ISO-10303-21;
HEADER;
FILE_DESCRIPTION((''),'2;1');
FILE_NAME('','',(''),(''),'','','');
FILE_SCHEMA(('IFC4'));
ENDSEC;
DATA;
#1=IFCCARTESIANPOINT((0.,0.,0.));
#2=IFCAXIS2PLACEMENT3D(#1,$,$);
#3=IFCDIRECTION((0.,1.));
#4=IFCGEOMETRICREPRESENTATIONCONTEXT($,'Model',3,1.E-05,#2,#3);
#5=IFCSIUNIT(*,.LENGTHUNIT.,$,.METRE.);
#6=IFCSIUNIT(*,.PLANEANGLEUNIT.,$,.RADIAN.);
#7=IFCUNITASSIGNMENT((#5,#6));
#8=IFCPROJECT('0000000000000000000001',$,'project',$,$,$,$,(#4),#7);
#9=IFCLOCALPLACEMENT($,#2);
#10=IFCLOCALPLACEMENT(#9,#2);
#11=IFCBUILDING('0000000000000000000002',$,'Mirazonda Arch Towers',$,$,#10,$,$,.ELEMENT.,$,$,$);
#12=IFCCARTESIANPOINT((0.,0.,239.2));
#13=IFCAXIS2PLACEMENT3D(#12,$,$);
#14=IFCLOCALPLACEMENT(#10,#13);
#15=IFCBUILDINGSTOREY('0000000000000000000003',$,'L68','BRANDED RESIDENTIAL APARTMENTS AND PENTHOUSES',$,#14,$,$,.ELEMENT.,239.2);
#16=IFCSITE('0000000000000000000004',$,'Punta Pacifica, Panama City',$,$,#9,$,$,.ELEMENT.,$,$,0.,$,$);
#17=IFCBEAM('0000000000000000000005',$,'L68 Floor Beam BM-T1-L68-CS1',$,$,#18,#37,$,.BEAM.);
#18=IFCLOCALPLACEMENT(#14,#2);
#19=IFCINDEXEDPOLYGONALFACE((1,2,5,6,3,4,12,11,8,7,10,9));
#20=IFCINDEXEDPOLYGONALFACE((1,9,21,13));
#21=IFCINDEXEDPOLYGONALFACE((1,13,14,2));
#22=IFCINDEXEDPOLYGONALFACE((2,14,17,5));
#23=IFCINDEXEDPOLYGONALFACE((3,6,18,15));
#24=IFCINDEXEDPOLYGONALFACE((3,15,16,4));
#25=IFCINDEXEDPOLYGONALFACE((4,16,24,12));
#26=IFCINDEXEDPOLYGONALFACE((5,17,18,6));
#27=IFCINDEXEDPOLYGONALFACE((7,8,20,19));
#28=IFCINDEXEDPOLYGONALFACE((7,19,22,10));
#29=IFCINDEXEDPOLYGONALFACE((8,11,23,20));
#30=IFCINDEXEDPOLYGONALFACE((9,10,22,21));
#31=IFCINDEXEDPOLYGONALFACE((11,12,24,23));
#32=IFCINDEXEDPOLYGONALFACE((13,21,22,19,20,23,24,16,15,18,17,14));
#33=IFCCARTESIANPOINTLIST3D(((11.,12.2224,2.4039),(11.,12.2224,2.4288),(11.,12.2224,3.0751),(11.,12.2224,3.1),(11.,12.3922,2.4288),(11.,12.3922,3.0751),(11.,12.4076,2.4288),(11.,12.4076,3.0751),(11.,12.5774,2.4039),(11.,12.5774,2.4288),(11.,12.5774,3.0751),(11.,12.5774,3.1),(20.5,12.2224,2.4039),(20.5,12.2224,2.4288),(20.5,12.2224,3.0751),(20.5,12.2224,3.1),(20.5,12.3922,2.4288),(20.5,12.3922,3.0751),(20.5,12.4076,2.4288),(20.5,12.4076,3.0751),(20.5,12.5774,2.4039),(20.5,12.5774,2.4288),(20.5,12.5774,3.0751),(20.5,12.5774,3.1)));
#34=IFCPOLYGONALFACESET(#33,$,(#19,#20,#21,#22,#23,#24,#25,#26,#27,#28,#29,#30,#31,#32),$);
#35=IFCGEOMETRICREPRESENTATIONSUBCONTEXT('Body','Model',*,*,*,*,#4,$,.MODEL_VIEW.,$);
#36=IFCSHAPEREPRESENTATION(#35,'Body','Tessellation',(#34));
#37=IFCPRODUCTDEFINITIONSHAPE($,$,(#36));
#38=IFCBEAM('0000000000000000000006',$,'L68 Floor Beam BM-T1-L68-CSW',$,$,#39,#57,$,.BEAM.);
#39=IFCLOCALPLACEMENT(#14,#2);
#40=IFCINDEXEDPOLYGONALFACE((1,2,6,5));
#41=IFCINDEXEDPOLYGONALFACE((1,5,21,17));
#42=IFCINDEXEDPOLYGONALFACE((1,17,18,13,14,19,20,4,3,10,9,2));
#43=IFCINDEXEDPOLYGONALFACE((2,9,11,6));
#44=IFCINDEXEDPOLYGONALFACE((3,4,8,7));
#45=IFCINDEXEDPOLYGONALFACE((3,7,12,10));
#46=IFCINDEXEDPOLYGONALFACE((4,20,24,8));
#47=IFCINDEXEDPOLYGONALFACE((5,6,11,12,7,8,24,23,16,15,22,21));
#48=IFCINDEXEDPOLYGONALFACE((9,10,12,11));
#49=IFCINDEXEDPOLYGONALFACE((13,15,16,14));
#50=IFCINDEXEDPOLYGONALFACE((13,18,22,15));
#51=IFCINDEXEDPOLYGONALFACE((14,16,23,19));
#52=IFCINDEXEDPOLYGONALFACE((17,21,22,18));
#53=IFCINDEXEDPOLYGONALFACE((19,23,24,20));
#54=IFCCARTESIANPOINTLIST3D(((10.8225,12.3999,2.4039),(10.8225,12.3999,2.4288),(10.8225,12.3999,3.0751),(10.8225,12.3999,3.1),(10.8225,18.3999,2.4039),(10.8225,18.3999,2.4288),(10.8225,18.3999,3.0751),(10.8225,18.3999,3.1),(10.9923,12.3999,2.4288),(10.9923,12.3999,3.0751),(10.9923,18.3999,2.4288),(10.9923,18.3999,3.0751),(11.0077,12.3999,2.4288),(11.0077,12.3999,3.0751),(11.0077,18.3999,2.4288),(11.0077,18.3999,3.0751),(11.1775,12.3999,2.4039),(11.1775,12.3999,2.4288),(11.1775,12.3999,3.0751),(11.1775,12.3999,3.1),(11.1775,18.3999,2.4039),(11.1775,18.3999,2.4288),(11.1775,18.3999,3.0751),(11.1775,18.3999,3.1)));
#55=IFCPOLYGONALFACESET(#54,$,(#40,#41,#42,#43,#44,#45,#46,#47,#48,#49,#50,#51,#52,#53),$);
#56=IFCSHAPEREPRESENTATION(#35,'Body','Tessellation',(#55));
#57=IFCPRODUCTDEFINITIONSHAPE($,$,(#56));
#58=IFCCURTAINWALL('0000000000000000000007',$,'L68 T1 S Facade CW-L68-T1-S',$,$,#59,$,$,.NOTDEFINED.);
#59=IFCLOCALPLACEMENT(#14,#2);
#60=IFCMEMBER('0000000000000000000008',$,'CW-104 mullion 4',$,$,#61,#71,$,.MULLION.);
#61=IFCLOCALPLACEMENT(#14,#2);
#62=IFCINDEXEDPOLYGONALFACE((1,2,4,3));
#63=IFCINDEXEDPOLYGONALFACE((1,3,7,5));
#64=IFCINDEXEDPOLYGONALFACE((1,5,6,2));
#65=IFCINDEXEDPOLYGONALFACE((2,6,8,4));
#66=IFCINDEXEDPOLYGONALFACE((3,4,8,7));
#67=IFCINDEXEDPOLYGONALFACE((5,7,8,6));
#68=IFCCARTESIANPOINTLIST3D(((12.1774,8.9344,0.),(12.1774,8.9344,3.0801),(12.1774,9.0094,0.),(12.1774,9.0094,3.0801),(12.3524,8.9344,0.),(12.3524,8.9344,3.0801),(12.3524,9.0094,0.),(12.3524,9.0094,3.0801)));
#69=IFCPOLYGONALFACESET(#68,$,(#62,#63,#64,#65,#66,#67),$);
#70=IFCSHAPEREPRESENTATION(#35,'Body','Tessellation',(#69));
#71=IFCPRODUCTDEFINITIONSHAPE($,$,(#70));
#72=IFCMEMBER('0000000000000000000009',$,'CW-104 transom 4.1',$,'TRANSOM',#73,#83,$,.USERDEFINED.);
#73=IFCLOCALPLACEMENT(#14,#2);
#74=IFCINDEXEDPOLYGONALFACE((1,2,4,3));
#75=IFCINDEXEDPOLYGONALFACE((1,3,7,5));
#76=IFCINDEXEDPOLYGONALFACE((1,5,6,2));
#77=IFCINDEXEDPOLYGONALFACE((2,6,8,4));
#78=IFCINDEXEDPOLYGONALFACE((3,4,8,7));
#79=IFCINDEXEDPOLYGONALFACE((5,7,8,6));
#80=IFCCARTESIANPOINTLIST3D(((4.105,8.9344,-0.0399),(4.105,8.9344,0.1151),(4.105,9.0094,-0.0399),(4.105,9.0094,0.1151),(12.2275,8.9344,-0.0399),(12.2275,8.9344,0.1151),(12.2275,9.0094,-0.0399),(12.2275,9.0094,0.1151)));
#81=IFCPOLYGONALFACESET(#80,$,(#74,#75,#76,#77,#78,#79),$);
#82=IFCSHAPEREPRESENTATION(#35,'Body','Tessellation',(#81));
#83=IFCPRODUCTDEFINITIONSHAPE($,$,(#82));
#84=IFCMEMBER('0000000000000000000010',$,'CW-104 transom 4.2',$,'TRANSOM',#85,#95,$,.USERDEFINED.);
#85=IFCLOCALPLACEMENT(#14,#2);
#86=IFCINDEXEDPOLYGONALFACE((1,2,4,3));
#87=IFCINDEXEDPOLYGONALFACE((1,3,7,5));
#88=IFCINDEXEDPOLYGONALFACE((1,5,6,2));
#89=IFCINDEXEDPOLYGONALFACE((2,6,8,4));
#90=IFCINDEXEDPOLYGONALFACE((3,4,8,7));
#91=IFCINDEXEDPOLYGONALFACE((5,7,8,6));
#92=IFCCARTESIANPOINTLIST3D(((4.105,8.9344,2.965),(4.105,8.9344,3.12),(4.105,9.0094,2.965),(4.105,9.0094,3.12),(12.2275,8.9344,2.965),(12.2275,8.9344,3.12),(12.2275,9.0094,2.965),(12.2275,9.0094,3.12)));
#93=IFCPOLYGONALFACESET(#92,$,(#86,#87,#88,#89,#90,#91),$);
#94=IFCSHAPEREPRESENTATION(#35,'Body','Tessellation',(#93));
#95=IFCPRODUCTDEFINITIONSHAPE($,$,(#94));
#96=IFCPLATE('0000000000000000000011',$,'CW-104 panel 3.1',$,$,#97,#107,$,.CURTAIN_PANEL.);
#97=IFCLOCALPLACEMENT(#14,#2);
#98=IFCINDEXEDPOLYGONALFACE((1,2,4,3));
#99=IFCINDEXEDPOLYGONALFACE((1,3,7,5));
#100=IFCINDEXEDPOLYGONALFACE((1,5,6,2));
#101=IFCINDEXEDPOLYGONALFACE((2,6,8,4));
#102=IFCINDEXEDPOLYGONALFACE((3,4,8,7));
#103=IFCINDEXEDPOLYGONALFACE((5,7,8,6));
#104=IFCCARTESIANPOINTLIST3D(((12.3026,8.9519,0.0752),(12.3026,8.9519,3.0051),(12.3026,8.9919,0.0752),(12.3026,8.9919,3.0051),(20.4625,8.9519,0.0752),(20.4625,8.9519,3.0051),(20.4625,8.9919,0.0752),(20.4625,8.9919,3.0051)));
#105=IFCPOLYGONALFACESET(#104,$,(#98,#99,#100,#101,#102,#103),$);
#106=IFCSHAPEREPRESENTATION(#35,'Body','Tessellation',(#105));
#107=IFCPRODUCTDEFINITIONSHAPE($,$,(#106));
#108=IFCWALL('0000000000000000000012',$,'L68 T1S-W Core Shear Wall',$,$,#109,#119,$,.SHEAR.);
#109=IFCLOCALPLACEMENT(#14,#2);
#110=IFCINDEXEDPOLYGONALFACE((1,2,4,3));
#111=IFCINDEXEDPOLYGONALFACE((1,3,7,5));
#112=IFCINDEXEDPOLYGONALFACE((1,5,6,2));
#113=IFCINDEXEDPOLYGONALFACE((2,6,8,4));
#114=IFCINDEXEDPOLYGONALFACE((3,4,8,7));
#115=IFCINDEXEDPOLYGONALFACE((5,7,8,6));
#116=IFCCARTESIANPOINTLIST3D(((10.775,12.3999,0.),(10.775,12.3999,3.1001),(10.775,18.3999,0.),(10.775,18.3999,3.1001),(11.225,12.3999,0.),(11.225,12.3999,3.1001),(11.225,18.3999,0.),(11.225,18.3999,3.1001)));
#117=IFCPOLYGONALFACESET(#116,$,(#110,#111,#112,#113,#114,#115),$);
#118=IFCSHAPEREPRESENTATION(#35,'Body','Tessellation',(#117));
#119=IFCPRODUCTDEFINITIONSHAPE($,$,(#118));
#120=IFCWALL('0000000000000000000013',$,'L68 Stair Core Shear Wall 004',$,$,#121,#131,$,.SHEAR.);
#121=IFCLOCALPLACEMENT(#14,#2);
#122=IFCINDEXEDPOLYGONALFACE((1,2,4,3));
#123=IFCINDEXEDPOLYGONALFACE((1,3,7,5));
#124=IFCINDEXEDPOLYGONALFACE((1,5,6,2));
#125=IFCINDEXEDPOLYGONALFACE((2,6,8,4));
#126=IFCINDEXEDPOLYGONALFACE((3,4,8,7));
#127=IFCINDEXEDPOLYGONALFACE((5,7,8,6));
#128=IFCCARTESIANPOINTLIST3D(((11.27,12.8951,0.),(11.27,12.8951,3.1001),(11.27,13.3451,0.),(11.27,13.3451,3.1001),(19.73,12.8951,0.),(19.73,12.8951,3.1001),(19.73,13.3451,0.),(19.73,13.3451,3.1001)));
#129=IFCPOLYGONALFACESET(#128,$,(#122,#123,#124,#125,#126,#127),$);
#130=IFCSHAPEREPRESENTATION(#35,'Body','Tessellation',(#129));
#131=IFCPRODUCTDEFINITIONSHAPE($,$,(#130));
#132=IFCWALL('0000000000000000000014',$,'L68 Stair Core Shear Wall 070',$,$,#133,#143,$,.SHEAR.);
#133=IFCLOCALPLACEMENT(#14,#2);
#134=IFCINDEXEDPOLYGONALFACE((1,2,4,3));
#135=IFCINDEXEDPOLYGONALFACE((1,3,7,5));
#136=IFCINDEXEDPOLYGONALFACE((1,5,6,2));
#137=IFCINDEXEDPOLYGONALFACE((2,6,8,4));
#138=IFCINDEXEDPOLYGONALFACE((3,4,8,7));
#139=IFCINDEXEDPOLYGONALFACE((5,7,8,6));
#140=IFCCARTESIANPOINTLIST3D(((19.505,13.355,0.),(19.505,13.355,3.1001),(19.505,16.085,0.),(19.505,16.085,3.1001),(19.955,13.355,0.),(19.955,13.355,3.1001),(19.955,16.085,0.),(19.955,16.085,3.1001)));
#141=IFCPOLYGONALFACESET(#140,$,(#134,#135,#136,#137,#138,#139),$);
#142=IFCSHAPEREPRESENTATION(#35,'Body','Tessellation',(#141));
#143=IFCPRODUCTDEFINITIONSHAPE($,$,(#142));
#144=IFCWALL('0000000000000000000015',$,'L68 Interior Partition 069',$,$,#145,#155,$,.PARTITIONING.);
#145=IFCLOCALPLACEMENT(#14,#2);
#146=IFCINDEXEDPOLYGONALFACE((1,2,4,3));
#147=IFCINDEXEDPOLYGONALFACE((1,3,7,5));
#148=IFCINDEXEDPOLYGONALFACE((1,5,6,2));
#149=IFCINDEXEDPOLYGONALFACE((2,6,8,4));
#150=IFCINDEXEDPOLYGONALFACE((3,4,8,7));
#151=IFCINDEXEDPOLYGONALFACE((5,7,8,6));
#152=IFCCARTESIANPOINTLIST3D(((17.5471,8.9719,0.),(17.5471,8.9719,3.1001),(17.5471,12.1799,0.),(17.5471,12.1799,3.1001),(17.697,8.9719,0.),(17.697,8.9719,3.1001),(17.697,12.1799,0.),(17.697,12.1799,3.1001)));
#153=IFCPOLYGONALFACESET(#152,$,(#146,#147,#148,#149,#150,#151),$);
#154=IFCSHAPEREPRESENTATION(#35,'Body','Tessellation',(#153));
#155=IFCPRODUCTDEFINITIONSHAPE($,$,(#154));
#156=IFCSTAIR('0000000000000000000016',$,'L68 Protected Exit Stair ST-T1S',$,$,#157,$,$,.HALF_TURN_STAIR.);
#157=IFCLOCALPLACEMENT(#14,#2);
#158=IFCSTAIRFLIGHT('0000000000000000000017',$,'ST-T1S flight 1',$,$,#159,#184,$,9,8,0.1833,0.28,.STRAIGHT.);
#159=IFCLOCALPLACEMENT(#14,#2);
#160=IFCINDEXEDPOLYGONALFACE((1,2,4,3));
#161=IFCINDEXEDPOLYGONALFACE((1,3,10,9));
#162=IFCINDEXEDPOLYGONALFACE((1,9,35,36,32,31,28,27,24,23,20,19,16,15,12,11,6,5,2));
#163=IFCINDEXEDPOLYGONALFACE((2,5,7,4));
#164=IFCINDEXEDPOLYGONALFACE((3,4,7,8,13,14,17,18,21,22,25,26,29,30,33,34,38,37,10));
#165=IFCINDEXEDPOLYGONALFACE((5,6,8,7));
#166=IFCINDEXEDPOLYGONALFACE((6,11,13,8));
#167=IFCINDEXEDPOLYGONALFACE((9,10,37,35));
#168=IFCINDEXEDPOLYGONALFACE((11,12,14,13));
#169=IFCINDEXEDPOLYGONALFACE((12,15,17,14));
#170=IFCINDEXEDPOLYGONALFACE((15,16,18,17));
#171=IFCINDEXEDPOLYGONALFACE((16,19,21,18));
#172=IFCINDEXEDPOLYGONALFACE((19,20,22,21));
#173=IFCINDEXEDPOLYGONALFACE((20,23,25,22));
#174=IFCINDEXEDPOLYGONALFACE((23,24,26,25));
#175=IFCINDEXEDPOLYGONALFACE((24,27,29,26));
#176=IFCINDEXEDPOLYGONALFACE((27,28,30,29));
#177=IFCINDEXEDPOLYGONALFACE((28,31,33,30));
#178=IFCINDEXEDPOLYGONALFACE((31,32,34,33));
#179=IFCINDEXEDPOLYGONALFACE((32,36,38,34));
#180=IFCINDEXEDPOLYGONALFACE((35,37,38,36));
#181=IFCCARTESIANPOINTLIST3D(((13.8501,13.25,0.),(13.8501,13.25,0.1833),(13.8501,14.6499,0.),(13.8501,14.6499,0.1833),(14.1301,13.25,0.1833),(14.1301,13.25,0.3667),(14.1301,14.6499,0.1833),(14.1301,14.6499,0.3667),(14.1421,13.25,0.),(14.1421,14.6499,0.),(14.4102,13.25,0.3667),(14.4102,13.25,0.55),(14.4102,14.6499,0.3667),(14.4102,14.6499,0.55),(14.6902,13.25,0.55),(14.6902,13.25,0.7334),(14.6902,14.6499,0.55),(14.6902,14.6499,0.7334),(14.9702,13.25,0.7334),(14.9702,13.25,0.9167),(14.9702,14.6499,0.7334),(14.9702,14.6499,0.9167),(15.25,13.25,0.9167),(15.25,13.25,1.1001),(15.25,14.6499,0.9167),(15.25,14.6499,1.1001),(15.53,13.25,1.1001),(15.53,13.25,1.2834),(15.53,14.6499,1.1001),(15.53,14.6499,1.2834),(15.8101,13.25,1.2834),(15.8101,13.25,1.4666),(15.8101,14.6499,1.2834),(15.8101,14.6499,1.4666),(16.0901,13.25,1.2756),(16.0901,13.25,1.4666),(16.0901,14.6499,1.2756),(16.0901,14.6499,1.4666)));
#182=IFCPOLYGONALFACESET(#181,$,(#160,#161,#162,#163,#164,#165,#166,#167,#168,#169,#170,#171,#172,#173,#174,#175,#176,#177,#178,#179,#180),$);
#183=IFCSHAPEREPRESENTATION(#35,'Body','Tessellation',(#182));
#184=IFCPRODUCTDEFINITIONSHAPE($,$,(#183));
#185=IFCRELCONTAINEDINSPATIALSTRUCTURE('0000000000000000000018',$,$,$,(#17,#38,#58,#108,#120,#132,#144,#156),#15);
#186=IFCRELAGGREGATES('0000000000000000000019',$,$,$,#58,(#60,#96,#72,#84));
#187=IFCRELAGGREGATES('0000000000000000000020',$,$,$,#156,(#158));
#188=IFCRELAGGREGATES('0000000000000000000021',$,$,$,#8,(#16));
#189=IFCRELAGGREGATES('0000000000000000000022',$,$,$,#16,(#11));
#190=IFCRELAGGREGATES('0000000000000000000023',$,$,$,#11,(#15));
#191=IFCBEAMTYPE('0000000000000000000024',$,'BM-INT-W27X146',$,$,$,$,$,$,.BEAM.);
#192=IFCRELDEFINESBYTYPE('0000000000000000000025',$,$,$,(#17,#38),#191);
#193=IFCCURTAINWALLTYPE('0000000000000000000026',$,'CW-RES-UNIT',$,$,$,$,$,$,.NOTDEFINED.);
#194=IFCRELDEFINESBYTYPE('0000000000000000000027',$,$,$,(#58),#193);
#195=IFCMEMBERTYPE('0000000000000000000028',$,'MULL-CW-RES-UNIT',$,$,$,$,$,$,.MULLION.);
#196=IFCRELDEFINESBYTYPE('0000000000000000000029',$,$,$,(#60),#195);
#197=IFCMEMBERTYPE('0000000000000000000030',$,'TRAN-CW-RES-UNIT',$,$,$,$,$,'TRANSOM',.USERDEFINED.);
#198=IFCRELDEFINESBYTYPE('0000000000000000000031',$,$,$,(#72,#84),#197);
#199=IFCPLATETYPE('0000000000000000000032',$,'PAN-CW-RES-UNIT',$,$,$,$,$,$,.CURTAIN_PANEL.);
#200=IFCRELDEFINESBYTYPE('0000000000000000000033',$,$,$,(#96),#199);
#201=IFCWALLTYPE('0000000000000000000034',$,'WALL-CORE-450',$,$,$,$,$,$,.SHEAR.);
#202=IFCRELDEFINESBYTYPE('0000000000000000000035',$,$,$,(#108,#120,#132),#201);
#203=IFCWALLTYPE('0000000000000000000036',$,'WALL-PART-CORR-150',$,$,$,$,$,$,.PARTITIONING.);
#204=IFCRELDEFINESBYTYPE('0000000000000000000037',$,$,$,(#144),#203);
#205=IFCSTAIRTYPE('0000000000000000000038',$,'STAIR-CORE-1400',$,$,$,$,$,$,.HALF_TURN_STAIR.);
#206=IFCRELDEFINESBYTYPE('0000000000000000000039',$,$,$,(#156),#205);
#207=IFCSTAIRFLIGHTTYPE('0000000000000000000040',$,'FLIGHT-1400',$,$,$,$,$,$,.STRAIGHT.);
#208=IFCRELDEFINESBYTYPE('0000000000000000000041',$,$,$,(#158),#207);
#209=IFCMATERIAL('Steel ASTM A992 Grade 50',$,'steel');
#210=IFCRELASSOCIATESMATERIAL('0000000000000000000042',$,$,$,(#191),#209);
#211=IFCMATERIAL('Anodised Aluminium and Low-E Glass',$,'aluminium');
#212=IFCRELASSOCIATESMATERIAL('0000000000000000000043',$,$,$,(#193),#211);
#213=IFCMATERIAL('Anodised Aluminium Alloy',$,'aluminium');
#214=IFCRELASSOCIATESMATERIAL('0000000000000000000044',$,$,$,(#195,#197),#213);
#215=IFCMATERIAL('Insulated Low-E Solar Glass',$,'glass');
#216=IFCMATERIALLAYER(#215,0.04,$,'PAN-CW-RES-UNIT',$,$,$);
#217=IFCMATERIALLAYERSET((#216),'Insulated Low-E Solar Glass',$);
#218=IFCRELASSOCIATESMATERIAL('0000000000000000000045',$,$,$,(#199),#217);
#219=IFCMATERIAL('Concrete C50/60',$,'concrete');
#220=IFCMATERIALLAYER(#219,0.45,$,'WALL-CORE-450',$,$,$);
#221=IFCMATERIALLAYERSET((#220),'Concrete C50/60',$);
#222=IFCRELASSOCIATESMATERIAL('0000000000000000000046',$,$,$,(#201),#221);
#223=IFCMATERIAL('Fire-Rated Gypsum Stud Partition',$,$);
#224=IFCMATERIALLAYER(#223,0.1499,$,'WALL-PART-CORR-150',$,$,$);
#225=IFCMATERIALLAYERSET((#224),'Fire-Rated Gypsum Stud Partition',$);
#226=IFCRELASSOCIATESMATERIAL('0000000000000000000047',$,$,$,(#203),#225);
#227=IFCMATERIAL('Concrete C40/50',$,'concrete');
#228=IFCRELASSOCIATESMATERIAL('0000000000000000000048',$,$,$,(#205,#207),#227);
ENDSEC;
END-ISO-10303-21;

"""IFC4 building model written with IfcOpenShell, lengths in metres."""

from ifc_helpers import new_model, si_unit, direction, frame, frame_2d, origin, origin_2d, place, context, subcontext, project, spatial, polyline, rectangle, i_section, outline, extrude, material, layer, layer_set, material_profile, profile_set, type_object, element, aggregate, save


model = new_model("IFC4")

# Units and contexts
model_context = context("Model", 3, precision=1e-05, world=origin(), true_north=direction((0.0, 1.0)))
body_context = subcontext(model_context, "Body", "Model", "MODEL_VIEW")
ifc_project = project(units=[si_unit("LENGTHUNIT", "METRE"), si_unit("PLANEANGLEUNIT", "RADIAN")], contexts=[model_context])

# Site, building, storey
site_placement = place(None, origin())
site = spatial("IfcSite", under=ifc_project, at=site_placement, Name="Punta Pacifica, Panama City", CompositionType="ELEMENT", RefElevation=0.0)
building_placement = place(site_placement, origin())
building = spatial("IfcBuilding", under=site, at=building_placement, Name="Mirazonda Arch Towers", CompositionType="ELEMENT")
storey_placement = place(building_placement, frame((0.0, 0.0, 239.2)))
storey = spatial("IfcBuildingStorey", under=building, at=storey_placement, Name="L68", Description="BRANDED RESIDENTIAL APARTMENTS AND PENTHOUSES", CompositionType="ELEMENT", Elevation=239.2)

# Beams
ifc_material_1 = material(Name="Steel ASTM A992 Grade 50", Category="steel")
ifc_material_profile_1 = material_profile(ifc_material_1, i_section(OverallWidth=0.355, OverallDepth=0.696, WebThickness=0.0154, FlangeThickness=0.0249, at=origin_2d()), Name="W27X146")
ifc_profile_set_1 = profile_set([ifc_material_profile_1], Name="Steel ASTM A992 Grade 50")
beam_type = type_object("IfcBeamType", Name="BM-INT-W27X146", PredefinedType="BEAM", material=ifc_profile_set_1)
beam_1_placement = place(storey_placement, frame((11.0, 12.3999, 2.752), z_axis=(1.0, 0.0, 0.0), x_axis=(0.0, 1.0, 0.0)))
element("IfcBeam", 1, at=beam_1_placement, inside=storey, type_object=beam_type, Name="L68 Floor Beam BM-T1-L68-CS1", PredefinedType="BEAM", context=body_context, shape_type="SweptSolid", body=[
    extrude(i_section(OverallWidth=0.355, OverallDepth=0.696, WebThickness=0.0154, FlangeThickness=0.0249, at=origin_2d()), origin(), (0.0, 0.0, 1.0), 9.5),
])
beam_2_placement = place(storey_placement, frame((11.0, 12.3999, 2.752), z_axis=(0.0, 1.0, 0.0), x_axis=(-1.0, 0.0, 0.0)))
element("IfcBeam", 2, at=beam_2_placement, inside=storey, type_object=beam_type, Name="L68 Floor Beam BM-T1-L68-CSW", PredefinedType="BEAM", context=body_context, shape_type="SweptSolid", body=[
    extrude(i_section(OverallWidth=0.355, OverallDepth=0.696, WebThickness=0.0154, FlangeThickness=0.0249, at=origin_2d()), origin(), (0.0, 0.0, 1.0), 6.0),
])

# Curtain wall, members, plate
ifc_material_2 = material(Name="Anodised Aluminium and Low-E Glass", Category="aluminium")
curtain_wall_type = type_object("IfcCurtainWallType", Name="CW-RES-UNIT", PredefinedType="NOTDEFINED", material=ifc_material_2)
curtain_wall_placement = place(storey_placement, origin())
curtain_wall = element("IfcCurtainWall", 3, at=curtain_wall_placement, inside=storey, type_object=curtain_wall_type, Name="L68 T1 S Facade CW-L68-T1-S", PredefinedType="NOTDEFINED")
ifc_material_3 = material(Name="Anodised Aluminium Alloy", Category="aluminium")
ifc_material_profile_2 = material_profile(ifc_material_3, rectangle(XDim=0.075, YDim=0.175, at=origin_2d()), Name="ALU-MULL-75x175")
ifc_profile_set_2 = profile_set([ifc_material_profile_2], Name="Anodised Aluminium Alloy")
member_type_1 = type_object("IfcMemberType", Name="MULL-CW-RES-UNIT", PredefinedType="MULLION", material=ifc_profile_set_2)
member_1_placement = place(storey_placement, frame((12.2649, 8.9719, 0.0), z_axis=(0.0, 0.0, 1.0), x_axis=(0.0, -1.0, 0.0)))
member_1 = element("IfcMember", 4, at=member_1_placement, type_object=member_type_1, Name="CW-104 mullion 4", PredefinedType="MULLION", context=body_context, shape_type="SweptSolid", body=[
    extrude(rectangle(XDim=0.075, YDim=0.175, at=origin_2d()), origin(), (0.0, 0.0, 1.0), 3.0801),
])
ifc_material_profile_3 = material_profile(ifc_material_3, rectangle(XDim=0.075, YDim=0.155, at=origin_2d()), Name="ALU-TRAN-75x155")
ifc_profile_set_3 = profile_set([ifc_material_profile_3], Name="Anodised Aluminium Alloy")
member_type_2 = type_object("IfcMemberType", Name="TRAN-CW-RES-UNIT", ElementType="TRANSOM", PredefinedType="USERDEFINED", material=ifc_profile_set_3)
member_2_placement = place(storey_placement, frame((12.2275, 8.9719, 0.0376), z_axis=(-1.0, 0.0, 0.0), x_axis=(0.0, -1.0, 0.0)))
member_2 = element("IfcMember", 5, at=member_2_placement, type_object=member_type_2, Name="CW-104 transom 4.1", ObjectType="TRANSOM", PredefinedType="USERDEFINED", context=body_context, shape_type="SweptSolid", body=[
    extrude(rectangle(XDim=0.075, YDim=0.155, at=origin_2d()), origin(), (0.0, 0.0, 1.0), 8.1226),
])
member_3_placement = place(storey_placement, frame((12.2275, 8.9719, 3.0425), z_axis=(-1.0, 0.0, 0.0), x_axis=(0.0, -1.0, 0.0)))
member_3 = element("IfcMember", 6, at=member_3_placement, type_object=member_type_2, Name="CW-104 transom 4.2", ObjectType="TRANSOM", PredefinedType="USERDEFINED", context=body_context, shape_type="SweptSolid", body=[
    extrude(rectangle(XDim=0.075, YDim=0.155, at=origin_2d()), origin(), (0.0, 0.0, 1.0), 8.1226),
])
ifc_material_4 = material(Name="Insulated Low-E Solar Glass", Category="glass")
ifc_layer_1 = layer(ifc_material_4, 0.04, Name="PAN-CW-RES-UNIT")
ifc_layer_set_1 = layer_set([ifc_layer_1], Name="Insulated Low-E Solar Glass")
plate_type = type_object("IfcPlateType", Name="PAN-CW-RES-UNIT", PredefinedType="CURTAIN_PANEL", material=ifc_layer_set_1)
plate_placement = place(storey_placement, frame((16.3826, 8.9719, 0.0752), z_axis=(0.0, 0.0, 1.0), x_axis=(-1.0, 0.0, 0.0)))
plate = element("IfcPlate", 7, at=plate_placement, type_object=plate_type, Name="CW-104 panel 3.1", PredefinedType="CURTAIN_PANEL", context=body_context, shape_type="SweptSolid", body=[
    extrude(rectangle(XDim=8.1599, YDim=0.04, at=origin_2d()), origin(), (0.0, 0.0, 1.0), 2.9299),
])
aggregate(curtain_wall, [member_1, plate, member_2, member_3])

# Walls
ifc_material_5 = material(Name="Concrete C50/60", Category="concrete")
ifc_layer_2 = layer(ifc_material_5, 0.45, Name="WALL-CORE-450")
ifc_layer_set_2 = layer_set([ifc_layer_2], Name="Concrete C50/60")
wall_type_1 = type_object("IfcWallType", Name="WALL-CORE-450", PredefinedType="SHEAR", material=ifc_layer_set_2)
wall_1_placement = place(storey_placement, frame((11.0, 12.3999, 0.0), z_axis=(0.0, 0.0, 1.0), x_axis=(0.0, 1.0, 0.0)))
element("IfcWall", 8, at=wall_1_placement, inside=storey, type_object=wall_type_1, Name="L68 T1S-W Core Shear Wall", PredefinedType="SHEAR", context=body_context, shape_type="SweptSolid", body=[
    extrude(rectangle(XDim=6.0, YDim=0.45, at=frame_2d((3.0, 0.0))), origin(), (0.0, 0.0, 1.0), 3.1001),
])
wall_2_placement = place(storey_placement, frame((11.27, 13.1201, 0.0), z_axis=(0.0, 0.0, 1.0), x_axis=(1.0, 0.0, 0.0)))
element("IfcWall", 9, at=wall_2_placement, inside=storey, type_object=wall_type_1, Name="L68 Stair Core Shear Wall 004", PredefinedType="SHEAR", context=body_context, shape_type="SweptSolid", body=[
    extrude(rectangle(XDim=8.46, YDim=0.45, at=frame_2d((4.23, 0.0))), origin(), (0.0, 0.0, 1.0), 3.1001),
])
wall_3_placement = place(storey_placement, frame((19.73, 13.355, 0.0), z_axis=(0.0, 0.0, 1.0), x_axis=(0.0, 1.0, 0.0)))
element("IfcWall", 10, at=wall_3_placement, inside=storey, type_object=wall_type_1, Name="L68 Stair Core Shear Wall 070", PredefinedType="SHEAR", context=body_context, shape_type="SweptSolid", body=[
    extrude(rectangle(XDim=2.73, YDim=0.45, at=frame_2d((1.365, 0.0))), origin(), (0.0, 0.0, 1.0), 3.1001),
])
ifc_material_6 = material(Name="Fire-Rated Gypsum Stud Partition")
ifc_layer_3 = layer(ifc_material_6, 0.1499, Name="WALL-PART-CORR-150")
ifc_layer_set_3 = layer_set([ifc_layer_3], Name="Fire-Rated Gypsum Stud Partition")
wall_type_2 = type_object("IfcWallType", Name="WALL-PART-CORR-150", PredefinedType="PARTITIONING", material=ifc_layer_set_3)
wall_4_placement = place(storey_placement, frame((17.6221, 8.9719, 0.0), z_axis=(0.0, 0.0, 1.0), x_axis=(0.0, 1.0, 0.0)))
element("IfcWall", 11, at=wall_4_placement, inside=storey, type_object=wall_type_2, Name="L68 Interior Partition 069", PredefinedType="PARTITIONING", context=body_context, shape_type="SweptSolid", body=[
    extrude(rectangle(XDim=3.208, YDim=0.1499, at=frame_2d((1.604, 0.0))), origin(), (0.0, 0.0, 1.0), 3.1001),
])

# Stair, stair flight
ifc_material_7 = material(Name="Concrete C40/50", Category="concrete")
stair_type = type_object("IfcStairType", Name="STAIR-CORE-1400", PredefinedType="HALF_TURN_STAIR", material=ifc_material_7)
stair_placement = place(storey_placement, origin())
stair = element("IfcStair", 12, at=stair_placement, inside=storey, type_object=stair_type, Name="L68 Protected Exit Stair ST-T1S", PredefinedType="HALF_TURN_STAIR")
stair_flight_type = type_object("IfcStairFlightType", Name="FLIGHT-1400", PredefinedType="STRAIGHT", material=ifc_material_7)
stair_flight_1_placement = place(storey_placement, frame((13.8501, 13.95, 0.0), z_axis=(0.0, 0.0, 1.0), x_axis=(1.0, 0.0, 0.0)))
stair_flight_1 = element("IfcStairFlight", 13, at=stair_flight_1_placement, type_object=stair_flight_type, Name="ST-T1S flight 1", NumberOfRisers=9, NumberOfTreads=8, PredefinedType="STRAIGHT", RiserHeight=0.1833, TreadLength=0.28, context=body_context, shape_type="SweptSolid", body=[
    extrude(outline(polyline([(0.0, 0.0), (0.0, 0.1833), (0.28, 0.1833), (0.28, 0.3667), (0.5601, 0.3667), (0.5601, 0.55), (0.8401, 0.55), (0.8401, 0.7334), (1.1201, 0.7334), (1.1201, 0.9167), (1.3999, 0.9167), (1.3999, 1.1001), (1.6799, 1.1001), (1.6799, 1.2834), (1.96, 1.2834), (1.96, 1.4666), (2.24, 1.4666), (2.24, 1.6499), (2.24, 1.2756), (0.292, 0.0), (0.0, 0.0)])), frame((0.0, 0.7, 0.0), z_axis=(0.0, -1.0, 0.0), x_axis=(1.0, 0.0, 0.0)), (0.0, 0.0, 1.0), 1.3999),
])
aggregate(stair, [stair_flight_1])

save(model, "model.ifc")
